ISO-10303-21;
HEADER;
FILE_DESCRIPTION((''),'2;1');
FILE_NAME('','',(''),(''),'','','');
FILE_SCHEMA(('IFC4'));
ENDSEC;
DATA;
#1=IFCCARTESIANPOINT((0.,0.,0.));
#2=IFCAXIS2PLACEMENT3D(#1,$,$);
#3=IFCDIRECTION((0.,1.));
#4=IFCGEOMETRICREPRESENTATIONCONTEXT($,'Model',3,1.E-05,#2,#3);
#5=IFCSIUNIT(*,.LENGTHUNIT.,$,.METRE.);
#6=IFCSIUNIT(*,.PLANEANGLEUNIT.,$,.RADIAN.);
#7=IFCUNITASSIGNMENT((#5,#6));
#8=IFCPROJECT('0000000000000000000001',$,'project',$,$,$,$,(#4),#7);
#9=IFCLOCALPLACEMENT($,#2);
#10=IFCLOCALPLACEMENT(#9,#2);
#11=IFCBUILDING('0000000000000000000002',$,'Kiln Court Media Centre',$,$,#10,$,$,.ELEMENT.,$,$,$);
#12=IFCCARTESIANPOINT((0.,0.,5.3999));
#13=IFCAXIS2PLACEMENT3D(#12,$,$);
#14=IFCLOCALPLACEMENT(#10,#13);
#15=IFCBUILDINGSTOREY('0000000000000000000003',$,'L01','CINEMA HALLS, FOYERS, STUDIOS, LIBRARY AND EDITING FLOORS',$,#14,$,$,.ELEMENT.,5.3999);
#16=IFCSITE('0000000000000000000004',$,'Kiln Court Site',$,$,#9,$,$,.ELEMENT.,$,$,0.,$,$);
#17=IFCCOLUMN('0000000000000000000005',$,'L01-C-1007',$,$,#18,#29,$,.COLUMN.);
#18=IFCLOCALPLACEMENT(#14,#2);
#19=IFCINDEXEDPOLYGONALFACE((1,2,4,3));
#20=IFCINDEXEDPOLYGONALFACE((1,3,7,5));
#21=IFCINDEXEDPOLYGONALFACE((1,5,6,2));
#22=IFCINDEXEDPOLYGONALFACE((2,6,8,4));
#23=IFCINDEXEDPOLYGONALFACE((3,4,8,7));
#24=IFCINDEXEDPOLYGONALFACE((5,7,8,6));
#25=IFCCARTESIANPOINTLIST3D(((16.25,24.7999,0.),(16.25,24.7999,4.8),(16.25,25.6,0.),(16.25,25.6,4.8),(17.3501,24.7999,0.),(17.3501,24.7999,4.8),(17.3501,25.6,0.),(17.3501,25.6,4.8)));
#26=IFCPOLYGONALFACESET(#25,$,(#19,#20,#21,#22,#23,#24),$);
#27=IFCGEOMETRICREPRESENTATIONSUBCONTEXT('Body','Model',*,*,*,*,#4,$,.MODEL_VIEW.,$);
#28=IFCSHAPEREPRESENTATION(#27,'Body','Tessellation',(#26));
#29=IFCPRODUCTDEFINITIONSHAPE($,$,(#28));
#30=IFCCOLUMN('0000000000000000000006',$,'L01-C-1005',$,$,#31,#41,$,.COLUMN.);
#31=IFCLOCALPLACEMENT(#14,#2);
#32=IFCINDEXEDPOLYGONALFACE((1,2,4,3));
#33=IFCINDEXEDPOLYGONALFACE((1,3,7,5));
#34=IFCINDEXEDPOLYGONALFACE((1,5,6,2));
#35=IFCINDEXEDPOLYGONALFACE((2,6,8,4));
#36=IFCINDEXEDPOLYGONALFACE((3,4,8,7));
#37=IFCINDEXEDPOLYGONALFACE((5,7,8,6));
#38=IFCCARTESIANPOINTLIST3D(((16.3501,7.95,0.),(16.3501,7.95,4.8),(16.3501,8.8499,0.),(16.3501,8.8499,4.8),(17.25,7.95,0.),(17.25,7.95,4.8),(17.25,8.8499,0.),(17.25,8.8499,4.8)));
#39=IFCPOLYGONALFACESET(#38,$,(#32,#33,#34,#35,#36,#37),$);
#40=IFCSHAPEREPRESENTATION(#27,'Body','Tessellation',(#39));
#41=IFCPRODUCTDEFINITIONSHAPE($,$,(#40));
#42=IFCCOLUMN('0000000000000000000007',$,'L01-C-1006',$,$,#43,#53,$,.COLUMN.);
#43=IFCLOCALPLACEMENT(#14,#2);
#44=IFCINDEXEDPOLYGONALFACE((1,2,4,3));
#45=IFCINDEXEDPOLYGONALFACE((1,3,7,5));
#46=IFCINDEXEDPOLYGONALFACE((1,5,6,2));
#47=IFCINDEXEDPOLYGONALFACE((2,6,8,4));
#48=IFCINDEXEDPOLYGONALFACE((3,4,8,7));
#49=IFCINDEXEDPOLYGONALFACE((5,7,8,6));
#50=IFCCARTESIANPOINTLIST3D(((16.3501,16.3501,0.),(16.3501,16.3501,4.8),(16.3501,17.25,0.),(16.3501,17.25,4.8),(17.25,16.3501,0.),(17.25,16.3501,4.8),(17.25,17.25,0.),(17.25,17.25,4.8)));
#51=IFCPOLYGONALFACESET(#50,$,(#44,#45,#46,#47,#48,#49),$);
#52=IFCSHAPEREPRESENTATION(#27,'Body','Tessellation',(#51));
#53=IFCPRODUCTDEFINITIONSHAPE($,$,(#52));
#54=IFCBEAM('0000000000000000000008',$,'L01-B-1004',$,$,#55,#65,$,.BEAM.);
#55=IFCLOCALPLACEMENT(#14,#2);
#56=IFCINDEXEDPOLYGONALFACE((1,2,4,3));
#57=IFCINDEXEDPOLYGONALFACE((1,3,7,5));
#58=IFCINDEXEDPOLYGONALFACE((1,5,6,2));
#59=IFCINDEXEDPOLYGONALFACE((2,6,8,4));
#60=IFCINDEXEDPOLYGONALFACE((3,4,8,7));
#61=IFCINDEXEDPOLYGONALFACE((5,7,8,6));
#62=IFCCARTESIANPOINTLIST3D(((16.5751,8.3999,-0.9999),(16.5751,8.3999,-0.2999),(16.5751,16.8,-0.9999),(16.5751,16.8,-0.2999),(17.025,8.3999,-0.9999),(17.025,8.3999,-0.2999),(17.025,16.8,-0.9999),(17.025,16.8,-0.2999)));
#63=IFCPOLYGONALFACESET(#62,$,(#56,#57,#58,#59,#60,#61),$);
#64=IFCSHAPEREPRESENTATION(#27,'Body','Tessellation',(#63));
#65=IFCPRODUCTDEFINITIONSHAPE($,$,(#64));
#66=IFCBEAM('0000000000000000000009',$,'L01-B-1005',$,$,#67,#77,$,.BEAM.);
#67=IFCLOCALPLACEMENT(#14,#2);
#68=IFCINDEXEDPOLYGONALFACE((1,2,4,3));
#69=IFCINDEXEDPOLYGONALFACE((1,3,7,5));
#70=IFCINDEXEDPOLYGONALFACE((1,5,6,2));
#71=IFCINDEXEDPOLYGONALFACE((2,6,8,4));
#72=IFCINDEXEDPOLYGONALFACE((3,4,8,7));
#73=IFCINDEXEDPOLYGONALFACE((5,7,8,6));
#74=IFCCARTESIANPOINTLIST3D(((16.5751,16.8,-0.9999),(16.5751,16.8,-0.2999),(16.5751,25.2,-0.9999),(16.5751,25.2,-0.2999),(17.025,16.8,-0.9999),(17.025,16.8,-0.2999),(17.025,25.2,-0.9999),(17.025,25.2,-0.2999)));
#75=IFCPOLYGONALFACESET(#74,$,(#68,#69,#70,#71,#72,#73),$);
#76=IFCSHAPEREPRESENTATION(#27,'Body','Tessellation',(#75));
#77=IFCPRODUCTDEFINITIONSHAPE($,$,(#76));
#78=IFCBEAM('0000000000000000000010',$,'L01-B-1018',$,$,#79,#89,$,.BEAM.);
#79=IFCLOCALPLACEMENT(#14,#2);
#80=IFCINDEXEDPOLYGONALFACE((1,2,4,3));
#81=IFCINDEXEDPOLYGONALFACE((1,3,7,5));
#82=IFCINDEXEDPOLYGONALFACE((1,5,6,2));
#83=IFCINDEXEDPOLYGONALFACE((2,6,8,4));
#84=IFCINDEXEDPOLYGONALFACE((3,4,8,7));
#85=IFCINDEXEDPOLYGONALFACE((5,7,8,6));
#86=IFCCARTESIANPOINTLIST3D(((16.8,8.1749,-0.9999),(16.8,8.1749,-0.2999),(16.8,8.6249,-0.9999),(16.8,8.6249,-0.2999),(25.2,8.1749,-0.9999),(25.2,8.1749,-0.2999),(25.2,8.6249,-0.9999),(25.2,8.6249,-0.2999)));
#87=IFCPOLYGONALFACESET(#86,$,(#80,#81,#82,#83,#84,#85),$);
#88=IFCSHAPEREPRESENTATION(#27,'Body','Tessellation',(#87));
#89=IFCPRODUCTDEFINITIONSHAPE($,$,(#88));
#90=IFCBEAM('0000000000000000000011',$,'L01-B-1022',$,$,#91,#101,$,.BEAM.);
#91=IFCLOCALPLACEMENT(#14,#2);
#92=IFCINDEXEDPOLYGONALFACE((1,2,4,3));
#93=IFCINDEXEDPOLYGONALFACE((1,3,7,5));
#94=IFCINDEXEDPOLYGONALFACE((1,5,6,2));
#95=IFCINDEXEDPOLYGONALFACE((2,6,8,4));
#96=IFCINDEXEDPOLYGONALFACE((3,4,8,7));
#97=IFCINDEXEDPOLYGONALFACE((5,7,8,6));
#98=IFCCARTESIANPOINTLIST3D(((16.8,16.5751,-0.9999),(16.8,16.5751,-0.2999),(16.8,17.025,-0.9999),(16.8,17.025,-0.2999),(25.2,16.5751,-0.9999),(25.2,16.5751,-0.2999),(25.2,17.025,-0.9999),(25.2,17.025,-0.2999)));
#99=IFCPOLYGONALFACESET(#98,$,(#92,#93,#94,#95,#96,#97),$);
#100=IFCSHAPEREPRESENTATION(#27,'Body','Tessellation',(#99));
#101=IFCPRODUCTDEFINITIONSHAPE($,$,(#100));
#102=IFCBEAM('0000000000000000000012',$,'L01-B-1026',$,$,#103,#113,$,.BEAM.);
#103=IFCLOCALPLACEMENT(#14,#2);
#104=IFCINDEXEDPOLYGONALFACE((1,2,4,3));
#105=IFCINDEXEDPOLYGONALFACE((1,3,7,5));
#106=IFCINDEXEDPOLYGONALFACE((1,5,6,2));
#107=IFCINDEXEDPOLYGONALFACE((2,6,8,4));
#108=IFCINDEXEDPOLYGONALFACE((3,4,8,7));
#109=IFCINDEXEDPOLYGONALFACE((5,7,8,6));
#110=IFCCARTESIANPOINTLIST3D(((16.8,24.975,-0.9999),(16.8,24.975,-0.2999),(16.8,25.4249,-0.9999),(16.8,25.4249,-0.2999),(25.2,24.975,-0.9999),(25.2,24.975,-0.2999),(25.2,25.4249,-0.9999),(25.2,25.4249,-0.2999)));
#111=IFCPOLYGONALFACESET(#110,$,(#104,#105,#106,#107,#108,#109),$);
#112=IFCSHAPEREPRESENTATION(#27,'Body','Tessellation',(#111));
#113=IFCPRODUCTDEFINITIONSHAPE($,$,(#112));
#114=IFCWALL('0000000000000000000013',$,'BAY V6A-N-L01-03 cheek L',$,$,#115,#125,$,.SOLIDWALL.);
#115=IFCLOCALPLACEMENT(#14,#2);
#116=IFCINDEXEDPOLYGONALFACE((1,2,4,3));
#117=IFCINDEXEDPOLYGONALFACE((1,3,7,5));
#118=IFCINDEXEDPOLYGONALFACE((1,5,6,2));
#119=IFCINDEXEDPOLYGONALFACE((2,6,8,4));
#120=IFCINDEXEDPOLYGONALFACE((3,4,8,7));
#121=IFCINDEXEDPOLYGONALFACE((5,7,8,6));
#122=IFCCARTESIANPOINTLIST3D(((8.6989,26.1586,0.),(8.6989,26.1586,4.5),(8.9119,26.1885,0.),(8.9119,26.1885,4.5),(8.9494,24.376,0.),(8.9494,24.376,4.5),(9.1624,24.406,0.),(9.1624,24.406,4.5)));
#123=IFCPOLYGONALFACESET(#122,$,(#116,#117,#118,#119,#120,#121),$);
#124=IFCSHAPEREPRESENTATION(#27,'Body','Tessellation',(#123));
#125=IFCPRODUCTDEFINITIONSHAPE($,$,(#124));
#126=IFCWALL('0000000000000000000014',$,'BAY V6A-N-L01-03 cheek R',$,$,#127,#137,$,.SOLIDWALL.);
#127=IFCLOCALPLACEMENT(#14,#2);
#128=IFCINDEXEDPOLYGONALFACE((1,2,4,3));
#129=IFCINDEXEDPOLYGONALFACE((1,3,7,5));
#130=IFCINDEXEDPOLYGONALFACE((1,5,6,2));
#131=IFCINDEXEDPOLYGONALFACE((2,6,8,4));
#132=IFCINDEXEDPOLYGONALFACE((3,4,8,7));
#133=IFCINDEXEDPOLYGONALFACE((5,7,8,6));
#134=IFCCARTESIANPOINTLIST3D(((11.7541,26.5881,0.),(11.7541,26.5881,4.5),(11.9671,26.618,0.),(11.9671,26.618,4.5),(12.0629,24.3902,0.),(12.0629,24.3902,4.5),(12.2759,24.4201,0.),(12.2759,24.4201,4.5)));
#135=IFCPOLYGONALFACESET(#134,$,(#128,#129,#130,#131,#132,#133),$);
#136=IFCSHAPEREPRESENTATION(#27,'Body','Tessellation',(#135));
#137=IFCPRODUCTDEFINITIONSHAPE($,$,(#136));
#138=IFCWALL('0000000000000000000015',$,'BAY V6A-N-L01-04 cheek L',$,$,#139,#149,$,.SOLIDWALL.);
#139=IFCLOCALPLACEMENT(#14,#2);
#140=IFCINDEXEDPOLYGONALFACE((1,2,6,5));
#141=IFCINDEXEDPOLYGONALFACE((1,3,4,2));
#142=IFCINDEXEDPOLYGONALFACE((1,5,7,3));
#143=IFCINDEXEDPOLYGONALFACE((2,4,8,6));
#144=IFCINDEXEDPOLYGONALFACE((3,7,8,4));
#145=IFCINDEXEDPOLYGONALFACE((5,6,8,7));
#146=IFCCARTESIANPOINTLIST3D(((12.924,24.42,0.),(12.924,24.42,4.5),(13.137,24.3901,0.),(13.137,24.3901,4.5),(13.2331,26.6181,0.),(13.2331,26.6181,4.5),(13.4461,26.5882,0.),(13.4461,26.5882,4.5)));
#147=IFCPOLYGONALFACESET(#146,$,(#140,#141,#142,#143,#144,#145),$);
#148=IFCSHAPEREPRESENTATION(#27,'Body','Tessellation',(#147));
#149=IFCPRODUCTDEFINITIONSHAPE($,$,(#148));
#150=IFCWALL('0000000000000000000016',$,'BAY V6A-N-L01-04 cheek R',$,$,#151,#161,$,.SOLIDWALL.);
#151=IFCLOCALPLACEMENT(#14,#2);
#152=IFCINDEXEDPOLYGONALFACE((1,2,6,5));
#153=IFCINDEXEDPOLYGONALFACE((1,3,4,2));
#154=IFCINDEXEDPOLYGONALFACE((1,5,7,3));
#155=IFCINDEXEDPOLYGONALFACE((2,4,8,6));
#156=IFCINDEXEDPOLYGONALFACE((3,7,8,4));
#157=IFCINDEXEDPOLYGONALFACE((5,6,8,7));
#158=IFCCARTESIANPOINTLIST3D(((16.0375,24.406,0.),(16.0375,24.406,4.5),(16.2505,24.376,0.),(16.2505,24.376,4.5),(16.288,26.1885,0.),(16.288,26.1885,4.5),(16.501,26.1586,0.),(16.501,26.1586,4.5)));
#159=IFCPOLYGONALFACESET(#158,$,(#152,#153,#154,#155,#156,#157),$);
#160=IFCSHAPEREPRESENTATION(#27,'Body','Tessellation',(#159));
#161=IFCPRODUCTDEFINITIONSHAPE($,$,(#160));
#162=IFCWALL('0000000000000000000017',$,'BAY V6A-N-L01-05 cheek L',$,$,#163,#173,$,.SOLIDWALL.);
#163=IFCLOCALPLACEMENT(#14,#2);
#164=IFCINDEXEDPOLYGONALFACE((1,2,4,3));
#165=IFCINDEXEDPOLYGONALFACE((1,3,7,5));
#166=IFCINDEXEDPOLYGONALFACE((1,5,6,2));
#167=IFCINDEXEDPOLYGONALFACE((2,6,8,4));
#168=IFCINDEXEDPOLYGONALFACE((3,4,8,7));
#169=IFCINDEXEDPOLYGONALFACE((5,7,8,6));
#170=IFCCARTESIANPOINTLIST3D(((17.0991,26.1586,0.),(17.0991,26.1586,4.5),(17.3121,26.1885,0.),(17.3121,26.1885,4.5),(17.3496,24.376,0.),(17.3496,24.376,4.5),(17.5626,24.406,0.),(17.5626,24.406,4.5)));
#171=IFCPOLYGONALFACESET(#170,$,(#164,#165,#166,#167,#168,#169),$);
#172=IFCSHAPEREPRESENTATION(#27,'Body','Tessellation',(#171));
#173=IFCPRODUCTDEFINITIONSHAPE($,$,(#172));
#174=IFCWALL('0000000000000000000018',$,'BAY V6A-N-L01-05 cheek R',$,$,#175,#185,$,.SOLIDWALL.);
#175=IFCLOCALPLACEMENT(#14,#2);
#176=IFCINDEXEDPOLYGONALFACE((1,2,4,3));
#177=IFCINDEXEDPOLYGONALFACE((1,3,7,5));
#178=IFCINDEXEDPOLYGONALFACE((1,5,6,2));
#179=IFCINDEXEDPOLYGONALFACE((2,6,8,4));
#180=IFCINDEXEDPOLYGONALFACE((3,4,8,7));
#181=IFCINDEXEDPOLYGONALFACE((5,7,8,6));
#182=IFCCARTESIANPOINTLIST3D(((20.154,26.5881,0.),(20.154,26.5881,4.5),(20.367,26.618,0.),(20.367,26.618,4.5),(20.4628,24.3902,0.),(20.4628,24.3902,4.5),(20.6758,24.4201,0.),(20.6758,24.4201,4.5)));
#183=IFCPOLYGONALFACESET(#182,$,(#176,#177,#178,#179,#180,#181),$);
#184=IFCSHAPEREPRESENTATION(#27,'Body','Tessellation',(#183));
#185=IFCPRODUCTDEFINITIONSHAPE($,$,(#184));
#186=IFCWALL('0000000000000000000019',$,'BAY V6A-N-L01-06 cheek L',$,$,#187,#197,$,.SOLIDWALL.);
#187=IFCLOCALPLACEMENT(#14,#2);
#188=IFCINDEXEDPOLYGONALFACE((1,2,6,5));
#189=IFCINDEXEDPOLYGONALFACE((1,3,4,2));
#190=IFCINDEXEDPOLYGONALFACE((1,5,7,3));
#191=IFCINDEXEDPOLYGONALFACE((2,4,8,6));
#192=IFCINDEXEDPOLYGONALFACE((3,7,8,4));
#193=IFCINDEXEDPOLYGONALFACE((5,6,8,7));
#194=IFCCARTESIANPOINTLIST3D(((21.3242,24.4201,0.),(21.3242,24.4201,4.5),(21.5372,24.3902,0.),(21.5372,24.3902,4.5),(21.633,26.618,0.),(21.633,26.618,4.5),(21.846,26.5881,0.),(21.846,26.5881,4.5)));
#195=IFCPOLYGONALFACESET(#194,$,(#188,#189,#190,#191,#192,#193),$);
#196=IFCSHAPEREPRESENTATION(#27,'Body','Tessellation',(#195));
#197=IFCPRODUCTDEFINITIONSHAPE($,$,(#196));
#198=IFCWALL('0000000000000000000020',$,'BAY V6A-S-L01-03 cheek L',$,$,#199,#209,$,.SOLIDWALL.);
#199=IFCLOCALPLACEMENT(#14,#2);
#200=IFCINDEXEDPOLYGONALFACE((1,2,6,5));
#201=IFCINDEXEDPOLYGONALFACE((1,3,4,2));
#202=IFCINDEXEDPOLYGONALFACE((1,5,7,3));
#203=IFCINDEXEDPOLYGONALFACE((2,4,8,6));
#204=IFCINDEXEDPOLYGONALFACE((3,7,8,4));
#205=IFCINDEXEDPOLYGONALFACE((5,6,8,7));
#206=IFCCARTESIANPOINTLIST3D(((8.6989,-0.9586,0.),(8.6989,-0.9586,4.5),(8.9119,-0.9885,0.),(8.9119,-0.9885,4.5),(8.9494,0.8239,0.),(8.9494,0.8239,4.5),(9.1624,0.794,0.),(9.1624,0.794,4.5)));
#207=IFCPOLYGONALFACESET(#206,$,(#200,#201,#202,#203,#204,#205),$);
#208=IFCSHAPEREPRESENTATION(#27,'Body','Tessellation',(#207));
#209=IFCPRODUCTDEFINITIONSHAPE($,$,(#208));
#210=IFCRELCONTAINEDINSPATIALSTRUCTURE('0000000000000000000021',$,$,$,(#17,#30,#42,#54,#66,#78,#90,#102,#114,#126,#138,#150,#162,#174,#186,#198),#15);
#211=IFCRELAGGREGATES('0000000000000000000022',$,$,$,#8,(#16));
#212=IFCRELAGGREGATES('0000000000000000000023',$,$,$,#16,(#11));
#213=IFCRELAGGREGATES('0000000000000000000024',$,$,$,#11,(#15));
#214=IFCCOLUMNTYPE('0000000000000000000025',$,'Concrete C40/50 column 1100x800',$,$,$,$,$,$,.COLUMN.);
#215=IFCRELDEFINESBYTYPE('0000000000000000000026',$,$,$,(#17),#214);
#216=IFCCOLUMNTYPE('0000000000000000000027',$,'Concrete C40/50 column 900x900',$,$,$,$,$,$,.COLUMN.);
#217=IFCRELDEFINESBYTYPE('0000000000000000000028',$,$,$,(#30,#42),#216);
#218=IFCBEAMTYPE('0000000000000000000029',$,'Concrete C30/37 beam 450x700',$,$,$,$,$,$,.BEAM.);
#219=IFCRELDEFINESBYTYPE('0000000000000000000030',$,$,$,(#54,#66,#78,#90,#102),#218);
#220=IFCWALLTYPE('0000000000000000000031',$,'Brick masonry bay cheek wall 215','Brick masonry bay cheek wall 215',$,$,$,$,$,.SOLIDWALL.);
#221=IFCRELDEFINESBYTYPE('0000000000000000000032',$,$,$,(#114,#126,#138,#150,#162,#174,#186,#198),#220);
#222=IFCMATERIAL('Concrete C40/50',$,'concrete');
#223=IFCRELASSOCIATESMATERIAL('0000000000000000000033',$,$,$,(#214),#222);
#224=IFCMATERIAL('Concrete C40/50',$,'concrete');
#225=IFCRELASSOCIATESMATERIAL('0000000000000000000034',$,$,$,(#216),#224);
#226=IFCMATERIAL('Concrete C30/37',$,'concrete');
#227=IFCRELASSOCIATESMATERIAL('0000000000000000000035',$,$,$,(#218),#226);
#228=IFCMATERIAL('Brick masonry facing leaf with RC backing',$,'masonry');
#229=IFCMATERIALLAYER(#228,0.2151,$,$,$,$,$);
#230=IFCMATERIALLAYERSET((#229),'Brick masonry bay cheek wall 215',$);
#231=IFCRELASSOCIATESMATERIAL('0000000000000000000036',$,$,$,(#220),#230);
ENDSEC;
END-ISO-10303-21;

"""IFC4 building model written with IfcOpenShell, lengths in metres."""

from ifc_helpers import new_model, si_unit, direction, frame, frame_2d, origin, origin_2d, place, context, subcontext, project, spatial, rectangle, extrude, material, layer, layer_set, material_profile, profile_set, type_object, element, save


model = new_model("IFC4")

# Units and contexts
model_context = context("Model", 3, precision=1e-05, world=origin(), true_north=direction((0.0, 1.0)))
body_context = subcontext(model_context, "Body", "Model", "MODEL_VIEW")
ifc_project = project(units=[si_unit("LENGTHUNIT", "METRE"), si_unit("PLANEANGLEUNIT", "RADIAN")], contexts=[model_context])

# Site, building, storey
site_placement = place(None, origin())
site = spatial("IfcSite", under=ifc_project, at=site_placement, Name="Kiln Court Site", CompositionType="ELEMENT", RefElevation=0.0)
building_placement = place(site_placement, origin())
building = spatial("IfcBuilding", under=site, at=building_placement, Name="Kiln Court Media Centre", CompositionType="ELEMENT")
storey_placement = place(building_placement, frame((0.0, 0.0, 5.3999)))
storey = spatial("IfcBuildingStorey", under=building, at=storey_placement, Name="L01", Description="CINEMA HALLS, FOYERS, STUDIOS, LIBRARY AND EDITING FLOORS", CompositionType="ELEMENT", Elevation=5.3999)

# Columns
ifc_material_1 = material(Name="Concrete C40/50", Category="concrete")
ifc_material_profile_1 = material_profile(ifc_material_1, rectangle(XDim=1.1001, YDim=0.8, at=origin_2d()), Name="RC 1100x800")
ifc_profile_set_1 = profile_set([ifc_material_profile_1], Name="Concrete C40/50")
column_type_1 = type_object("IfcColumnType", Name="Concrete C40/50 column 1100x800", PredefinedType="COLUMN", material=ifc_profile_set_1)
column_placement = place(storey_placement, frame((16.8, 25.2, 0.0), z_axis=(0.0, 0.0, 1.0), x_axis=(1.0, 0.0, 0.0)))
element("IfcColumn", 1, at=column_placement, inside=storey, type_object=column_type_1, Name="L01-C-1007", PredefinedType="COLUMN", context=body_context, shape_type="SweptSolid", body=[
    extrude(rectangle(XDim=1.1001, YDim=0.8, at=origin_2d()), origin(), (0.0, 0.0, 1.0), 4.8),
])
ifc_material_2 = material(Name="Concrete C40/50", Category="concrete")
ifc_material_profile_2 = material_profile(ifc_material_2, rectangle(XDim=0.8999, YDim=0.8999, at=origin_2d()), Name="RC 900x900")
ifc_profile_set_2 = profile_set([ifc_material_profile_2], Name="Concrete C40/50")
column_type_2 = type_object("IfcColumnType", Name="Concrete C40/50 column 900x900", PredefinedType="COLUMN", material=ifc_profile_set_2)
for number, where, z_axis, x_axis, name in (
    (2, (16.8, 8.3999, 0.0), (0.0, 0.0, 1.0), (1.0, 0.0, 0.0), "L01-C-1005"),
    (3, (16.8, 16.8, 0.0), (0.0, 0.0, 1.0), (1.0, 0.0, 0.0), "L01-C-1006"),
):
    element("IfcColumn", number, at=place(storey_placement, frame(where, z_axis=z_axis, x_axis=x_axis)), inside=storey, type_object=column_type_2, Name=name, PredefinedType="COLUMN", context=body_context, shape_type="SweptSolid", body=[
        extrude(rectangle(XDim=0.8999, YDim=0.8999, at=origin_2d()), origin(), (0.0, 0.0, 1.0), 4.8),
    ])

# Beams
ifc_material_3 = material(Name="Concrete C30/37", Category="concrete")
ifc_material_profile_3 = material_profile(ifc_material_3, rectangle(XDim=0.45, YDim=0.7, at=origin_2d()), Name="RC 450x700")
ifc_profile_set_3 = profile_set([ifc_material_profile_3], Name="Concrete C30/37")
beam_type = type_object("IfcBeamType", Name="Concrete C30/37 beam 450x700", PredefinedType="BEAM", material=ifc_profile_set_3)
beam_placement = place(storey_placement, frame((16.8, 8.3999, -0.6499), z_axis=(0.0, 1.0, 0.0), x_axis=(-1.0, 0.0, 0.0)))
element("IfcBeam", 4, at=beam_placement, inside=storey, type_object=beam_type, Name="L01-B-1004", PredefinedType="BEAM", context=body_context, shape_type="SweptSolid", body=[
    extrude(rectangle(XDim=0.45, YDim=0.7, at=origin_2d()), origin(), (0.0, 0.0, 1.0), 8.4001),
])
for number, where, z_axis, x_axis, name in (
    (5, (16.8, 16.8, -0.6499), (0.0, 1.0, 0.0), (-1.0, 0.0, 0.0), "L01-B-1005"),
    (6, (16.8, 8.3999, -0.6499), (1.0, 0.0, 0.0), (0.0, 1.0, 0.0), "L01-B-1018"),
    (7, (16.8, 16.8, -0.6499), (1.0, 0.0, 0.0), (0.0, 1.0, 0.0), "L01-B-1022"),
    (8, (16.8, 25.2, -0.6499), (1.0, 0.0, 0.0), (0.0, 1.0, 0.0), "L01-B-1026"),
):
    element("IfcBeam", number, at=place(storey_placement, frame(where, z_axis=z_axis, x_axis=x_axis)), inside=storey, type_object=beam_type, Name=name, PredefinedType="BEAM", context=body_context, shape_type="SweptSolid", body=[
        extrude(rectangle(XDim=0.45, YDim=0.7, at=origin_2d()), origin(), (0.0, 0.0, 1.0), 8.3999),
    ])

# Walls
ifc_material_4 = material(Name="Brick masonry facing leaf with RC backing", Category="masonry")
ifc_layer_1 = layer(ifc_material_4, 0.2151)
ifc_layer_set_1 = layer_set([ifc_layer_1], Name="Brick masonry bay cheek wall 215")
wall_type_1 = type_object("IfcWallType", Name="Brick masonry bay cheek wall 215", Description="Brick masonry bay cheek wall 215", PredefinedType="SOLIDWALL", material=ifc_layer_set_1)
wall_1_placement = place(storey_placement, frame((9.0559, 24.3911, 0.0), z_axis=(0.0, 0.0, 1.0), x_axis=(-0.139161, 0.99027, 0.0)))
element("IfcWall", 9, at=wall_1_placement, inside=storey, type_object=wall_type_1, Name="BAY V6A-N-L01-03 cheek L", PredefinedType="SOLIDWALL", context=body_context, shape_type="SweptSolid", body=[
    extrude(rectangle(XDim=1.8, YDim=0.2151, at=frame_2d((0.8999, 0.0))), origin(), (0.0, 0.0, 1.0), 4.5),
])
wall_2_placement = place(storey_placement, frame((12.1694, 24.405, 0.0), z_axis=(0.0, 0.0, 1.0), x_axis=(-0.139142, 0.990272, 0.0)))
element("IfcWall", 10, at=wall_2_placement, inside=storey, type_object=wall_type_1, Name="BAY V6A-N-L01-03 cheek R", PredefinedType="SOLIDWALL", context=body_context, shape_type="SweptSolid", body=[
    extrude(rectangle(XDim=2.2195, YDim=0.2151, at=frame_2d((1.1099, 0.0))), origin(), (0.0, 0.0, 1.0), 4.5),
])
wall_3_placement = place(storey_placement, frame((13.0305, 24.405, 0.0), z_axis=(0.0, 0.0, 1.0), x_axis=(0.13925, 0.990257, 0.0)))
element("IfcWall", 11, at=wall_3_placement, inside=storey, type_object=wall_type_1, Name="BAY V6A-N-L01-04 cheek L", PredefinedType="SOLIDWALL", context=body_context, shape_type="SweptSolid", body=[
    extrude(rectangle(XDim=2.2197, YDim=0.2151, at=frame_2d((1.1099, 0.0))), origin(), (0.0, 0.0, 1.0), 4.5),
])
for number, where, z_axis, x_axis, name in (
    (12, (16.144, 24.3911, 0.0), (0.0, 0.0, 1.0), (0.139161, 0.99027, 0.0), "BAY V6A-N-L01-04 cheek R"),
    (13, (17.4561, 24.3911, 0.0), (0.0, 0.0, 1.0), (-0.139161, 0.99027, 0.0), "BAY V6A-N-L01-05 cheek L"),
):
    element("IfcWall", number, at=place(storey_placement, frame(where, z_axis=z_axis, x_axis=x_axis)), inside=storey, type_object=wall_type_1, Name=name, PredefinedType="SOLIDWALL", context=body_context, shape_type="SweptSolid", body=[
        extrude(rectangle(XDim=1.8, YDim=0.2151, at=frame_2d((0.8999, 0.0))), origin(), (0.0, 0.0, 1.0), 4.5),
    ])
for number, where, z_axis, x_axis, name in (
    (14, (20.5693, 24.405, 0.0), (0.0, 0.0, 1.0), (-0.139142, 0.990272, 0.0), "BAY V6A-N-L01-05 cheek R"),
    (15, (21.4307, 24.405, 0.0), (0.0, 0.0, 1.0), (0.139142, 0.990272, 0.0), "BAY V6A-N-L01-06 cheek L"),
):
    element("IfcWall", number, at=place(storey_placement, frame(where, z_axis=z_axis, x_axis=x_axis)), inside=storey, type_object=wall_type_1, Name=name, PredefinedType="SOLIDWALL", context=body_context, shape_type="SweptSolid", body=[
        extrude(rectangle(XDim=2.2195, YDim=0.2151, at=frame_2d((1.1099, 0.0))), origin(), (0.0, 0.0, 1.0), 4.5),
    ])
wall_4_placement = place(storey_placement, frame((9.0559, 0.8088, 0.0), z_axis=(0.0, 0.0, 1.0), x_axis=(-0.139161, -0.99027, 0.0)))
element("IfcWall", 16, at=wall_4_placement, inside=storey, type_object=wall_type_1, Name="BAY V6A-S-L01-03 cheek L", PredefinedType="SOLIDWALL", context=body_context, shape_type="SweptSolid", body=[
    extrude(rectangle(XDim=1.8, YDim=0.2151, at=frame_2d((0.8999, 0.0))), origin(), (0.0, 0.0, 1.0), 4.5),
])

save(model, "model.ifc")
